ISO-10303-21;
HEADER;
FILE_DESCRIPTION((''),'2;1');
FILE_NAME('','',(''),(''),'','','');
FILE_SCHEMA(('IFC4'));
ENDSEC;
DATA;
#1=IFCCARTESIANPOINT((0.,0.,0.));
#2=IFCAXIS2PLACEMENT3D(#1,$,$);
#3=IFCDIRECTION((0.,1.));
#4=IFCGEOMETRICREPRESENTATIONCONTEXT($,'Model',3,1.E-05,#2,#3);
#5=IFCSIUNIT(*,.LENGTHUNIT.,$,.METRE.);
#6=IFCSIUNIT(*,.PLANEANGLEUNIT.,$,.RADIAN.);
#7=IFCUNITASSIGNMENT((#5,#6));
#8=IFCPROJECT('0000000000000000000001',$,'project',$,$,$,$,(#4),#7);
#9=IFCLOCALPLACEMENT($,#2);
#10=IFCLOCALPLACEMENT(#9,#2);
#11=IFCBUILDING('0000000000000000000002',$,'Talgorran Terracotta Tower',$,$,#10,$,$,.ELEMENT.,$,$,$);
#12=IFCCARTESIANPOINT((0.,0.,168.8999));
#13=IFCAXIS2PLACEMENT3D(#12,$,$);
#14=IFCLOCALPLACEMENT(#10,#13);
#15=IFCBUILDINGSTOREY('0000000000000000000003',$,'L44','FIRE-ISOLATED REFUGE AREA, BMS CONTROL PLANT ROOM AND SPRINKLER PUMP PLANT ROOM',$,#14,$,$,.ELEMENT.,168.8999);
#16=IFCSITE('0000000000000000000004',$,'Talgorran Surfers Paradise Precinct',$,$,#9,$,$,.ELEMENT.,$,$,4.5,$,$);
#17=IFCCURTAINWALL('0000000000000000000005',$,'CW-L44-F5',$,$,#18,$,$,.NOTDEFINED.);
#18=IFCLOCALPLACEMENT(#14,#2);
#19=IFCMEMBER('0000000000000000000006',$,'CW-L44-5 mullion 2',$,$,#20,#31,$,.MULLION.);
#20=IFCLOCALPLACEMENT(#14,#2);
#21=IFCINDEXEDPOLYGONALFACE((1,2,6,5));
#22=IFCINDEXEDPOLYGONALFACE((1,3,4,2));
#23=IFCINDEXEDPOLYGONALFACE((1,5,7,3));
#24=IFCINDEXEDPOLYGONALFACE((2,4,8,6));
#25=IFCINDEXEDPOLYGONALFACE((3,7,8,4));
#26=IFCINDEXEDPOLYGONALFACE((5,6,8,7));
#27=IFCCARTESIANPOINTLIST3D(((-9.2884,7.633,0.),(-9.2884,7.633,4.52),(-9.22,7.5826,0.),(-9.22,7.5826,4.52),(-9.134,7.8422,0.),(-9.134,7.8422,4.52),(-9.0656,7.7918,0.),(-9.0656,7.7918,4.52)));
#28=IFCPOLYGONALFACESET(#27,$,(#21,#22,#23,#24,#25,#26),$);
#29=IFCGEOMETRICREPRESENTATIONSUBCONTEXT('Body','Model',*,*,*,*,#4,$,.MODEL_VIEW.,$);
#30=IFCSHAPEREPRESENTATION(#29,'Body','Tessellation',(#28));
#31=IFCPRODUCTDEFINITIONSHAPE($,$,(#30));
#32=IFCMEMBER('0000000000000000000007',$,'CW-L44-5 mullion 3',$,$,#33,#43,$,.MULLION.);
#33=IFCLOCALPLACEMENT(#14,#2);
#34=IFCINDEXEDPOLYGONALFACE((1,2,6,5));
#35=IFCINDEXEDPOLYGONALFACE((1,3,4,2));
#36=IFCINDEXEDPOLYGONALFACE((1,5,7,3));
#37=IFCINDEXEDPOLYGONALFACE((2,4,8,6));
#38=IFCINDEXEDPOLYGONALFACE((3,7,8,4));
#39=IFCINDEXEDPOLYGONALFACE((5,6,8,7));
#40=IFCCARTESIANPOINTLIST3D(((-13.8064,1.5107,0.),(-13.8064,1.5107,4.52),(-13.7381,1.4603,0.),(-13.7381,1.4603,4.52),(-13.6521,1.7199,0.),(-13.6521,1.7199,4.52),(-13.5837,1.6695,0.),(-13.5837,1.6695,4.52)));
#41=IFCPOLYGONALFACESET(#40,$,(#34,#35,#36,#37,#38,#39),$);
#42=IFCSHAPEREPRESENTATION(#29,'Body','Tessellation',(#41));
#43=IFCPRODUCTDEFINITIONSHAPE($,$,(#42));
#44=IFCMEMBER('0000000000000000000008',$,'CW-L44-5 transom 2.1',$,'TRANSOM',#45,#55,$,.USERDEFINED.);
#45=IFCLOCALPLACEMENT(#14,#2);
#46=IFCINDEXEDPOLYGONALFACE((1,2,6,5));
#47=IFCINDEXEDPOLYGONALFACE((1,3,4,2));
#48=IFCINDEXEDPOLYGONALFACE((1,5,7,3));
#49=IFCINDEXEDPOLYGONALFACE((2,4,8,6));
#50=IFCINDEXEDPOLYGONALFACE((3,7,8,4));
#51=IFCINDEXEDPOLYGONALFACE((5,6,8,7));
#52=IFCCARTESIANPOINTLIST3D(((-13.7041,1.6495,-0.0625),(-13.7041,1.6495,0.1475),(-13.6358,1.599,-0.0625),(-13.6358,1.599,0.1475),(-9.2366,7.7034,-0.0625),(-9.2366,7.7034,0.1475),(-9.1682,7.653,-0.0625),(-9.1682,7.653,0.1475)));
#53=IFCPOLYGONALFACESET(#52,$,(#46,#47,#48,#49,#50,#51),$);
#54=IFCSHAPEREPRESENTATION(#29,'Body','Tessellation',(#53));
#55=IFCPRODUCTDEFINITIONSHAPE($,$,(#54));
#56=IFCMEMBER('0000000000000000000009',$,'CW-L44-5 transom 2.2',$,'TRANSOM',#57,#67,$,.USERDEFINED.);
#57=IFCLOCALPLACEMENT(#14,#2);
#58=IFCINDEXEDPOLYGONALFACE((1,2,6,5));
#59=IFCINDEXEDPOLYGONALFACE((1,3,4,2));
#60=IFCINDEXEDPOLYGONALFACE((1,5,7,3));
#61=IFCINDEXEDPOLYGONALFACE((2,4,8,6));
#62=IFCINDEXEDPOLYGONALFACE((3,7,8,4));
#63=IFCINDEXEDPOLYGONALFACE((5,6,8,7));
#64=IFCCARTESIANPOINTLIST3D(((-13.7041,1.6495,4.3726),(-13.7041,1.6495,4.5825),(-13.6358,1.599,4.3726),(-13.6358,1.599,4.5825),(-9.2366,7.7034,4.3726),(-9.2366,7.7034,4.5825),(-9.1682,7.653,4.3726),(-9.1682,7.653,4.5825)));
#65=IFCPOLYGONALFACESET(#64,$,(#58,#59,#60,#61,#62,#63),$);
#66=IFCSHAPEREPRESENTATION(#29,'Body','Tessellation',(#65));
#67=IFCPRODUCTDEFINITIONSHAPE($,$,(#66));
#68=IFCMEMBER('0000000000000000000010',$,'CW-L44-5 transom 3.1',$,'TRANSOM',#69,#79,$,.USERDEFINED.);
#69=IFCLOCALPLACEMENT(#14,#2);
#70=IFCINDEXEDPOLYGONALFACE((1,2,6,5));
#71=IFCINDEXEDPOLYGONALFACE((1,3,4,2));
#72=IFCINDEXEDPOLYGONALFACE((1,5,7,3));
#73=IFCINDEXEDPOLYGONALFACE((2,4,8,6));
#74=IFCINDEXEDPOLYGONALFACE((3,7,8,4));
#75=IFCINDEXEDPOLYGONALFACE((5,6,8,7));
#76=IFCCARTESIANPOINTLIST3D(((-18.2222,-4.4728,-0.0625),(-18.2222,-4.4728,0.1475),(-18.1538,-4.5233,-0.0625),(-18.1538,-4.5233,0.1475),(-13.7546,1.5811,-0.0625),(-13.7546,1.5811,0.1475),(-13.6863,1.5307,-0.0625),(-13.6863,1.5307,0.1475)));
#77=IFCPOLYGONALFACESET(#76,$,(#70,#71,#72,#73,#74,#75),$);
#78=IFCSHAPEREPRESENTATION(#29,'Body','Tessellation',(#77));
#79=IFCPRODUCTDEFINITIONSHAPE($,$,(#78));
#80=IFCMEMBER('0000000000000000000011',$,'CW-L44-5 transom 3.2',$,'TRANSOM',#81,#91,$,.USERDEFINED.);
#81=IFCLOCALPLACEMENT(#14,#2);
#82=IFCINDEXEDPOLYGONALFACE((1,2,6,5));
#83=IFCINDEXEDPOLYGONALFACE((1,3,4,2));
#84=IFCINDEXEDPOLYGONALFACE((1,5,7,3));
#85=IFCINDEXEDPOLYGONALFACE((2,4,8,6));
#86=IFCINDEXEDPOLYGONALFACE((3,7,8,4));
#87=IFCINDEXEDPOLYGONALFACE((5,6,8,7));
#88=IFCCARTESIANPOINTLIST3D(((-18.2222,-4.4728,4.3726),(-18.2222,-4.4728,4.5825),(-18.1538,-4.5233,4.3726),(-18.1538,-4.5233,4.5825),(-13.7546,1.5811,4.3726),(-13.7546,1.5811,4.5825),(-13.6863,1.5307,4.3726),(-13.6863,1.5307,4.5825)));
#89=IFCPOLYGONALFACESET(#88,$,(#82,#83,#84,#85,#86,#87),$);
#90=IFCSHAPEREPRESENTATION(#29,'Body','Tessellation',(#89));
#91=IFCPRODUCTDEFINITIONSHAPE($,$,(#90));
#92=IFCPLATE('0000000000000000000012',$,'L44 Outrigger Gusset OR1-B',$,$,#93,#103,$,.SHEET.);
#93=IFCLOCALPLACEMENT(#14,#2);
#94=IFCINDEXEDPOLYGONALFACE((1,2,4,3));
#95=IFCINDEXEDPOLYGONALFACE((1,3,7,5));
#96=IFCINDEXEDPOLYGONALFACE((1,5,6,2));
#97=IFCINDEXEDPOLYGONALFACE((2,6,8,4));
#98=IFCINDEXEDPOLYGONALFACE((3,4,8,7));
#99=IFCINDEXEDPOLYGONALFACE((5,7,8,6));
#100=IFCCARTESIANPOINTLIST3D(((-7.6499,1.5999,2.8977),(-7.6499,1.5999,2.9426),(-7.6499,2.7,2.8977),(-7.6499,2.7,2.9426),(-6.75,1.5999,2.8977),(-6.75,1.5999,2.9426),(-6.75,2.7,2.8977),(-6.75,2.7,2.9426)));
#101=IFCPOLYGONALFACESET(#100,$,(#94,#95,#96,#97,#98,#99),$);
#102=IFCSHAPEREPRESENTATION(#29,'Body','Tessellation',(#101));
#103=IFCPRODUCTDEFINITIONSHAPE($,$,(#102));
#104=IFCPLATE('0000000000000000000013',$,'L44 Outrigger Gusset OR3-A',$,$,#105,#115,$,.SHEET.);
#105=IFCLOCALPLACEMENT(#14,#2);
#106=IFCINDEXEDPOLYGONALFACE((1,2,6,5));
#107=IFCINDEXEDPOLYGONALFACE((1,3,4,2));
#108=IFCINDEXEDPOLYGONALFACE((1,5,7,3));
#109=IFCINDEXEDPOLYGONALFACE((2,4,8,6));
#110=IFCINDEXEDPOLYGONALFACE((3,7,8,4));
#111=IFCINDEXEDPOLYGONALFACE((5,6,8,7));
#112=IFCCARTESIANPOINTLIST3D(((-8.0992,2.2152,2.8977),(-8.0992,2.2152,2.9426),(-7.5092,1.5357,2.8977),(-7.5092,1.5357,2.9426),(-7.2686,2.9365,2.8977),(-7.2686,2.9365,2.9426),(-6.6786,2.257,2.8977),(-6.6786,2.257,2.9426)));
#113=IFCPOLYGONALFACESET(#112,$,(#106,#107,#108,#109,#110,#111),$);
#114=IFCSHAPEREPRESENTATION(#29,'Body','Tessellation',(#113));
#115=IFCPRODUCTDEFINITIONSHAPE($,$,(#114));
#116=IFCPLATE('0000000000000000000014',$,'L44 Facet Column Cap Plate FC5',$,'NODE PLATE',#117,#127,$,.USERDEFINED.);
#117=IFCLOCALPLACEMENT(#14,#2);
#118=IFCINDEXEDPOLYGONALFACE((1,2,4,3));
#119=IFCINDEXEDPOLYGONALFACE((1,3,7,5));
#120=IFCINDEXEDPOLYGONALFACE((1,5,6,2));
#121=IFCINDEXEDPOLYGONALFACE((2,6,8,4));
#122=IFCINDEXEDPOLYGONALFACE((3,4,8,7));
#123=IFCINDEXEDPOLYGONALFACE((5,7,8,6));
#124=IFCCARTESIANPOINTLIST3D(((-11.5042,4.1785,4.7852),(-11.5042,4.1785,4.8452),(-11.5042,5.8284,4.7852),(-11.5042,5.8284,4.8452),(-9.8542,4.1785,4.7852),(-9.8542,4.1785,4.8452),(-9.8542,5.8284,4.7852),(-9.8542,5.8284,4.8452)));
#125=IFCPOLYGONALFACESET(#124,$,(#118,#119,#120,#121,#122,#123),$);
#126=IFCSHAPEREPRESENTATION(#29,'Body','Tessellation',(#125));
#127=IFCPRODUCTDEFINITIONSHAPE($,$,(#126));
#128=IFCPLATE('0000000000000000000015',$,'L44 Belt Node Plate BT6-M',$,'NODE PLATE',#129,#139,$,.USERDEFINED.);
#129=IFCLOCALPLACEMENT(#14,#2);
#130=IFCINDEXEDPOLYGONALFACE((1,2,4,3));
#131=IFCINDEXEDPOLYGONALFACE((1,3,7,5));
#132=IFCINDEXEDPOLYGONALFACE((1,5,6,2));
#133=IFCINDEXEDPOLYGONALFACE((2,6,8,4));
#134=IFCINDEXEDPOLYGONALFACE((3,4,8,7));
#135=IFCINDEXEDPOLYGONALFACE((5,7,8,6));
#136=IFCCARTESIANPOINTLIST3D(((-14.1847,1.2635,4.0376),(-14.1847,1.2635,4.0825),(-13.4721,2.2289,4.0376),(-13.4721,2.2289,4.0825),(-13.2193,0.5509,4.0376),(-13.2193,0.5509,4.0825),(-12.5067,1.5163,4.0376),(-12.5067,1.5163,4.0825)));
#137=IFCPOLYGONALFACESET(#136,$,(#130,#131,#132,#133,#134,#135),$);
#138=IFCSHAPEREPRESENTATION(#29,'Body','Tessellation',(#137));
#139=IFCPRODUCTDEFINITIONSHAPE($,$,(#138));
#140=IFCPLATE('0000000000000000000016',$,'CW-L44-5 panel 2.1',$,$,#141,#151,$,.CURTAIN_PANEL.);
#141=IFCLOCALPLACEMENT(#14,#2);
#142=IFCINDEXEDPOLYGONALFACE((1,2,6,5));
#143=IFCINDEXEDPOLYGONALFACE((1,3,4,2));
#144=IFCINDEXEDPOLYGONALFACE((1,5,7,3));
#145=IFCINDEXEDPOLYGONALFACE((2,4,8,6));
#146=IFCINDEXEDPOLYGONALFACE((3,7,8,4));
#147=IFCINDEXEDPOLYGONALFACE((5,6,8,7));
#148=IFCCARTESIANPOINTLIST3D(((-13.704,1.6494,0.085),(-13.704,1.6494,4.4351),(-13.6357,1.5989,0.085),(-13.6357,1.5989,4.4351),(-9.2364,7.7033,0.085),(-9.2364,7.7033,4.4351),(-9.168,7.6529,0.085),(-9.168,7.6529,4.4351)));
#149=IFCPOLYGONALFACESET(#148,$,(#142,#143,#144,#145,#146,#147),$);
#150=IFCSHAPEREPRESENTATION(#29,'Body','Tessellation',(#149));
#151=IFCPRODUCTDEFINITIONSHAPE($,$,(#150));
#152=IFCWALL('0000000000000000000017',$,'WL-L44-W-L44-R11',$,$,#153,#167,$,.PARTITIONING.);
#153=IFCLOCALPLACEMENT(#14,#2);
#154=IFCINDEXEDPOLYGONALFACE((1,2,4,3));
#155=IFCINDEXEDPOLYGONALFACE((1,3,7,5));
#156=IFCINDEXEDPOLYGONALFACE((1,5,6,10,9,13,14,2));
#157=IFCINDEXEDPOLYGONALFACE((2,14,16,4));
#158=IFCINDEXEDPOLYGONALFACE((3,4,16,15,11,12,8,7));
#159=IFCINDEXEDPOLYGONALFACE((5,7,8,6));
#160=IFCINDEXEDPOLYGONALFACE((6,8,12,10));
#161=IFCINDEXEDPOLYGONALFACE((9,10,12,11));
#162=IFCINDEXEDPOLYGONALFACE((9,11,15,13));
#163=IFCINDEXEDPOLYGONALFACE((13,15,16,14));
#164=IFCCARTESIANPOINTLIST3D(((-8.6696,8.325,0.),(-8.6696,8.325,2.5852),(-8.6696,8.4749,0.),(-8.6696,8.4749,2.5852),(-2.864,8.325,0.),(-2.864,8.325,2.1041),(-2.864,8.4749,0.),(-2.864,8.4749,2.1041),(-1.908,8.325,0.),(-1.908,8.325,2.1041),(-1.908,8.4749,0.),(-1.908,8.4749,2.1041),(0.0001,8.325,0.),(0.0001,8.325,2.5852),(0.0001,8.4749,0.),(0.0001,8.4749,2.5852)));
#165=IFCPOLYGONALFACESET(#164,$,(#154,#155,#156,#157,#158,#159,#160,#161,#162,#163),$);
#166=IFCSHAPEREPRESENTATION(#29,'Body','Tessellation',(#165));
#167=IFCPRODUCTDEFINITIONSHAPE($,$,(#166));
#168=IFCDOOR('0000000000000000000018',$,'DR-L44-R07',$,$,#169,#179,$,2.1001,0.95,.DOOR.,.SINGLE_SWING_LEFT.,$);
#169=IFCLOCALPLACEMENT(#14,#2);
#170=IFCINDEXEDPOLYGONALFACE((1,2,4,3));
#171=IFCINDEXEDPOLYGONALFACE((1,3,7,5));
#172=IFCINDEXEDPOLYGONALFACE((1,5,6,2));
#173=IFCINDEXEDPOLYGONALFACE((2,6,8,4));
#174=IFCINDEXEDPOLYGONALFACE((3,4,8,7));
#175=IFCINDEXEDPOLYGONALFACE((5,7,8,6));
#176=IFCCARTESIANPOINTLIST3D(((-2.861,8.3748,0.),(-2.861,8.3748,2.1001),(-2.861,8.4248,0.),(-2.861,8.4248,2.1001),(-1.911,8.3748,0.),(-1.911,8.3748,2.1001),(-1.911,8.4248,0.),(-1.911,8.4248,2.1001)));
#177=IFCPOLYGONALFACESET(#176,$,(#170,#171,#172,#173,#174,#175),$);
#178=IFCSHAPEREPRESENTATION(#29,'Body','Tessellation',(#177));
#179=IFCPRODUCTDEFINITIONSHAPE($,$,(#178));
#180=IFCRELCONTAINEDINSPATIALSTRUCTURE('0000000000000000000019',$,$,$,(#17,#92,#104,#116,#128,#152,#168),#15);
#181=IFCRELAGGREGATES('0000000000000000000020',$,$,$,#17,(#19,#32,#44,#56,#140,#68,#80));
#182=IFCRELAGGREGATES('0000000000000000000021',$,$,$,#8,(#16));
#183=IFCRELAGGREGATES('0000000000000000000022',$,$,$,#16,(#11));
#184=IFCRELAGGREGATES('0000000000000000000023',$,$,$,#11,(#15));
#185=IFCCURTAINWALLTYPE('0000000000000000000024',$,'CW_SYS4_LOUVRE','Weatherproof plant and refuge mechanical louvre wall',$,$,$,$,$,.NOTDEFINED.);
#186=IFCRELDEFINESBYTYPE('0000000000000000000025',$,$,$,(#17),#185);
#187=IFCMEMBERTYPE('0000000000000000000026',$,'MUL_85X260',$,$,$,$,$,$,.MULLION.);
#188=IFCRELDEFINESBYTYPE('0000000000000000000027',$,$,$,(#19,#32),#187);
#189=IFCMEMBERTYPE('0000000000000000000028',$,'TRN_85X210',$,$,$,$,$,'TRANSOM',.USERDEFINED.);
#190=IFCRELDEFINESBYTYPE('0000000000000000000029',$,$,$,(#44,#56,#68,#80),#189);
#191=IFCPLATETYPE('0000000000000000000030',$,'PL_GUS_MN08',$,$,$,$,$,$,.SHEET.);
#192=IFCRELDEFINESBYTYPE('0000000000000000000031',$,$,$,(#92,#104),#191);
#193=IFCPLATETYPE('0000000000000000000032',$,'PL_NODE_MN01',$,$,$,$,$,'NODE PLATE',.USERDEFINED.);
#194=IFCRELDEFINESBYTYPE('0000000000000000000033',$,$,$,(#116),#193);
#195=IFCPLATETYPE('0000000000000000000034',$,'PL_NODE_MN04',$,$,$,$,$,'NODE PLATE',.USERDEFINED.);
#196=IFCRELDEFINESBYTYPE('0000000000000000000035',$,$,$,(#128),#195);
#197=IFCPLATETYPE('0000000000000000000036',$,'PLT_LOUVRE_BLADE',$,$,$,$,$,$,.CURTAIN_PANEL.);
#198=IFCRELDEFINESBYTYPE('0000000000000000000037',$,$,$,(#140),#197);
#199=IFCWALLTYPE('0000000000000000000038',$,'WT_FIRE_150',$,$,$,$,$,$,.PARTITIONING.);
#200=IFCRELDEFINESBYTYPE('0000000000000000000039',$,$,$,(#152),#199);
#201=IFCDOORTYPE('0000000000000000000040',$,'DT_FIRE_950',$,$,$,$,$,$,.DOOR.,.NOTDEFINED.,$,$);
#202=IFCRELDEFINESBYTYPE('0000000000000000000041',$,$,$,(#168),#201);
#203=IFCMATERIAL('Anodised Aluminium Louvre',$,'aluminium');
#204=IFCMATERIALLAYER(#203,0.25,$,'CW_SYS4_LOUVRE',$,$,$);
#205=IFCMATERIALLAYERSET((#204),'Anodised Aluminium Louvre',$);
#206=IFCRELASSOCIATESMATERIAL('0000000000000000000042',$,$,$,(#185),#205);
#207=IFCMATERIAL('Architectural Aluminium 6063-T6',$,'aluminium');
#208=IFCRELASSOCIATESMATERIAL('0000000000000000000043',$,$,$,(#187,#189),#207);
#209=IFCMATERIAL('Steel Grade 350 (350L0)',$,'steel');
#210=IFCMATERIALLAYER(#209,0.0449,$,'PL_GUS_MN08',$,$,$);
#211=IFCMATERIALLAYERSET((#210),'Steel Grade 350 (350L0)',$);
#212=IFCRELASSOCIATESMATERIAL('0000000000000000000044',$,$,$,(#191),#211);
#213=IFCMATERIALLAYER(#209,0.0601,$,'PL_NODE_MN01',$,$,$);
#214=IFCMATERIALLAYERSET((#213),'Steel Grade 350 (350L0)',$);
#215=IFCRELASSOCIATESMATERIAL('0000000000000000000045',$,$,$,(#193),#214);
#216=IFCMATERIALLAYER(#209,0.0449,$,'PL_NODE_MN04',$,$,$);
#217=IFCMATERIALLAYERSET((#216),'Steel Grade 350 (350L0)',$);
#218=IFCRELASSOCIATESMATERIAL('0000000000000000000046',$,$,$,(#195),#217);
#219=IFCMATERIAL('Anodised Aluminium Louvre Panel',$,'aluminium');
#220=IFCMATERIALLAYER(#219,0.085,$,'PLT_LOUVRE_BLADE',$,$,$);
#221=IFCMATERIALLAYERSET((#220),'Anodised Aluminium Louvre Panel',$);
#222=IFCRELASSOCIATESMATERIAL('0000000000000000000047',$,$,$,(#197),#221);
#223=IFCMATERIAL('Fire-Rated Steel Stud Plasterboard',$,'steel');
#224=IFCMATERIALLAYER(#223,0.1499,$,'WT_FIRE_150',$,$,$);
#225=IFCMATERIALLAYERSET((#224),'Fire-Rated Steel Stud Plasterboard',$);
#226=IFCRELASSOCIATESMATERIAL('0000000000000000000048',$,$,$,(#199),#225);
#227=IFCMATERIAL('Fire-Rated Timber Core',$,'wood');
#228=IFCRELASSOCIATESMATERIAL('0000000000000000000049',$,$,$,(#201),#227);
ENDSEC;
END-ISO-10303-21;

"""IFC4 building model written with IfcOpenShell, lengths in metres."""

from ifc_helpers import new_model, si_unit, direction, frame, frame_2d, origin, origin_2d, place, context, subcontext, project, spatial, rectangle, extrude, source, transform, mapped, material, layer, layer_set, material_profile, profile_set, type_object, type_shapes, element, fill, aggregate, save


model = new_model("IFC4")

# Units and contexts
model_context = context("Model", 3, precision=1e-05, world=origin(), true_north=direction((0.0, 1.0)))
body_context = subcontext(model_context, "Body", "Model", "MODEL_VIEW")
ifc_project = project(units=[si_unit("LENGTHUNIT", "METRE"), si_unit("PLANEANGLEUNIT", "RADIAN")], contexts=[model_context])

# Site, building, storey
site_placement = place(None, origin())
site = spatial("IfcSite", under=ifc_project, at=site_placement, Name="Talgorran Surfers Paradise Precinct", CompositionType="ELEMENT", RefElevation=4.5)
building_placement = place(site_placement, origin())
building = spatial("IfcBuilding", under=site, at=building_placement, Name="Talgorran Terracotta Tower", CompositionType="ELEMENT")
storey_placement = place(building_placement, frame((0.0, 0.0, 168.8999)))
storey = spatial("IfcBuildingStorey", under=building, at=storey_placement, Name="L44", Description="FIRE-ISOLATED REFUGE AREA, BMS CONTROL PLANT ROOM AND SPRINKLER PUMP PLANT ROOM", CompositionType="ELEMENT", Elevation=168.8999)

# Shared definitions
ifc_material_1 = material(Name="Steel Grade 350 (350L0)", Category="steel")

# Curtain wall, members
ifc_material_2 = material(Name="Anodised Aluminium Louvre", Category="aluminium")
ifc_layer_1 = layer(ifc_material_2, 0.25, Name="CW_SYS4_LOUVRE")
ifc_layer_set_1 = layer_set([ifc_layer_1], Name="Anodised Aluminium Louvre")
curtain_wall_type = type_object("IfcCurtainWallType", Name="CW_SYS4_LOUVRE", Description="Weatherproof plant and refuge mechanical louvre wall", PredefinedType="NOTDEFINED", material=ifc_layer_set_1)
curtain_wall_placement = place(storey_placement, origin())
curtain_wall = element("IfcCurtainWall", 1, at=curtain_wall_placement, inside=storey, type_object=curtain_wall_type, Name="CW-L44-F5", PredefinedType="NOTDEFINED")
ifc_material_3 = material(Name="Architectural Aluminium 6063-T6", Category="aluminium")
ifc_material_profile_1 = material_profile(ifc_material_3, rectangle(XDim=0.085, YDim=0.26, at=origin_2d()), Name="CWM85X260")
ifc_profile_set_1 = profile_set([ifc_material_profile_1], Name="Architectural Aluminium 6063-T6")
member_type_1 = type_object("IfcMemberType", Name="MUL_85X260", PredefinedType="MULLION", material=ifc_profile_set_1)
member_1_placement = place(storey_placement, frame((-9.177, 7.7124, 0.0), z_axis=(0.0, 0.0, 1.0), x_axis=(0.804622, -0.593787, 0.0)))
member_1 = element("IfcMember", 2, at=member_1_placement, type_object=member_type_1, Name="CW-L44-5 mullion 2", PredefinedType="MULLION", context=body_context, shape_type="SweptSolid", body=[
    extrude(rectangle(XDim=0.085, YDim=0.26, at=origin_2d()), origin(), (0.0, 0.0, 1.0), 4.52),
])
member_2_placement = place(storey_placement, frame((-13.6951, 1.5901, 0.0), z_axis=(0.0, 0.0, 1.0), x_axis=(0.804622, -0.593787, 0.0)))
member_2 = element("IfcMember", 3, at=member_2_placement, type_object=member_type_1, Name="CW-L44-5 mullion 3", PredefinedType="MULLION", context=body_context, shape_type="SweptSolid", body=[
    extrude(rectangle(XDim=0.085, YDim=0.26, at=origin_2d()), origin(), (0.0, 0.0, 1.0), 4.52),
])
ifc_material_profile_2 = material_profile(ifc_material_3, rectangle(XDim=0.085, YDim=0.21, at=origin_2d()), Name="CWT85X210")
ifc_profile_set_2 = profile_set([ifc_material_profile_2], Name="Architectural Aluminium 6063-T6")
member_type_2 = type_object("IfcMemberType", Name="TRN_85X210", ElementType="TRANSOM", PredefinedType="USERDEFINED", material=ifc_profile_set_2)
member_3_placement = place(storey_placement, frame((-9.2024, 7.6782, 0.0425), z_axis=(-0.593778, -0.804629, 0.0), x_axis=(0.804629, -0.593778, 0.0)))
member_3 = element("IfcMember", 4, at=member_3_placement, type_object=member_type_2, Name="CW-L44-5 transom 2.1", ObjectType="TRANSOM", PredefinedType="USERDEFINED", context=body_context, shape_type="SweptSolid", body=[
    extrude(rectangle(XDim=0.085, YDim=0.21, at=origin_2d()), origin(), (0.0, 0.0, 1.0), 7.5239),
])
member_4_placement = place(storey_placement, frame((-9.2024, 7.6782, 4.4775), z_axis=(-0.593778, -0.804629, 0.0), x_axis=(0.804629, -0.593778, 0.0)))
member_4 = element("IfcMember", 5, at=member_4_placement, type_object=member_type_2, Name="CW-L44-5 transom 2.2", ObjectType="TRANSOM", PredefinedType="USERDEFINED", context=body_context, shape_type="SweptSolid", body=[
    extrude(rectangle(XDim=0.085, YDim=0.21, at=origin_2d()), origin(), (0.0, 0.0, 1.0), 7.5239),
])
member_5_placement = place(storey_placement, frame((-13.7205, 1.5559, 0.0425), z_axis=(-0.593778, -0.804629, 0.0), x_axis=(0.804629, -0.593778, 0.0)))
member_5 = element("IfcMember", 6, at=member_5_placement, type_object=member_type_2, Name="CW-L44-5 transom 3.1", ObjectType="TRANSOM", PredefinedType="USERDEFINED", context=body_context, shape_type="SweptSolid", body=[
    extrude(rectangle(XDim=0.085, YDim=0.21, at=origin_2d()), origin(), (0.0, 0.0, 1.0), 7.5239),
])
member_6_placement = place(storey_placement, frame((-13.7205, 1.5559, 4.4775), z_axis=(-0.593778, -0.804629, 0.0), x_axis=(0.804629, -0.593778, 0.0)))
member_6 = element("IfcMember", 7, at=member_6_placement, type_object=member_type_2, Name="CW-L44-5 transom 3.2", ObjectType="TRANSOM", PredefinedType="USERDEFINED", context=body_context, shape_type="SweptSolid", body=[
    extrude(rectangle(XDim=0.085, YDim=0.21, at=origin_2d()), origin(), (0.0, 0.0, 1.0), 7.5239),
])

# Plates
ifc_layer_2 = layer(ifc_material_1, 0.0449, Name="PL_GUS_MN08")
ifc_layer_set_2 = layer_set([ifc_layer_2], Name="Steel Grade 350 (350L0)")
plate_type_1 = type_object("IfcPlateType", Name="PL_GUS_MN08", PredefinedType="SHEET", material=ifc_layer_set_2)
for number, where, z_axis, x_axis, name in (
    (8, (-7.2, 2.1499, 2.8977), (0.0, 0.0, 1.0), (0.0, 1.0, 0.0), "L44 Outrigger Gusset OR1-B"),
    (9, (-7.3889, 2.2361, 2.8977), (0.0, 0.0, 1.0), (-0.755053, -0.655664, 0.0), "L44 Outrigger Gusset OR3-A"),
):
    element("IfcPlate", number, at=place(storey_placement, frame(where, z_axis=z_axis, x_axis=x_axis)), inside=storey, type_object=plate_type_1, Name=name, PredefinedType="SHEET", context=body_context, shape_type="SweptSolid", body=[
        extrude(rectangle(XDim=1.1001, YDim=0.8999, at=origin_2d()), origin(), (0.0, 0.0, 1.0), 0.0449),
    ])
ifc_layer_3 = layer(ifc_material_1, 0.0601, Name="PL_NODE_MN01")
ifc_layer_set_3 = layer_set([ifc_layer_3], Name="Steel Grade 350 (350L0)")
plate_type_2 = type_object("IfcPlateType", Name="PL_NODE_MN01", ElementType="NODE PLATE", PredefinedType="USERDEFINED", material=ifc_layer_set_3)
plate_1_placement = place(storey_placement, frame((-10.6792, 5.0034, 4.7852), z_axis=(0.0, 0.0, 1.0), x_axis=(1.0, 0.0, 0.0)))
element("IfcPlate", 10, at=plate_1_placement, inside=storey, type_object=plate_type_2, Name="L44 Facet Column Cap Plate FC5", ObjectType="NODE PLATE", PredefinedType="USERDEFINED", context=body_context, shape_type="SweptSolid", body=[
    extrude(rectangle(XDim=1.6499, YDim=1.6499, at=origin_2d()), origin(), (0.0, 0.0, 1.0), 0.0601),
])
ifc_layer_4 = layer(ifc_material_1, 0.0449, Name="PL_NODE_MN04")
ifc_layer_set_4 = layer_set([ifc_layer_4], Name="Steel Grade 350 (350L0)")
plate_type_3 = type_object("IfcPlateType", Name="PL_NODE_MN04", ElementType="NODE PLATE", PredefinedType="USERDEFINED", material=ifc_layer_set_4)
plate_2_placement = place(storey_placement, frame((-13.3457, 1.3899, 4.0376), z_axis=(0.0, 0.0, 1.0), x_axis=(-0.59384, -0.804583, 0.0)))
element("IfcPlate", 11, at=plate_2_placement, inside=storey, type_object=plate_type_3, Name="L44 Belt Node Plate BT6-M", ObjectType="NODE PLATE", PredefinedType="USERDEFINED", context=body_context, shape_type="SweptSolid", body=[
    extrude(rectangle(XDim=1.2, YDim=1.2, at=origin_2d()), origin(), (0.0, 0.0, 1.0), 0.0449),
])

# Plate
ifc_material_4 = material(Name="Anodised Aluminium Louvre Panel", Category="aluminium")
ifc_layer_5 = layer(ifc_material_4, 0.085, Name="PLT_LOUVRE_BLADE")
ifc_layer_set_5 = layer_set([ifc_layer_5], Name="Anodised Aluminium Louvre Panel")
plate_type_4 = type_object("IfcPlateType", Name="PLT_LOUVRE_BLADE", PredefinedType="CURTAIN_PANEL", material=ifc_layer_set_5)
shared_shape = source(origin(), body_context, "Body", "SweptSolid", [
    extrude(rectangle(XDim=7.5239, YDim=0.085, at=origin_2d()), origin(), (0.0, 0.0, 1.0), 4.3501),
])
type_shapes(plate_type_4, [shared_shape])
plate_3_placement = place(storey_placement, frame((-11.436, 4.6511, 0.085), z_axis=(0.0, 0.0, 1.0), x_axis=(-0.593787, -0.804622, 0.0)))
plate_3 = element("IfcPlate", 12, at=plate_3_placement, type_object=plate_type_4, Name="CW-L44-5 panel 2.1", PredefinedType="CURTAIN_PANEL", context=body_context, shape_type="MappedRepresentation", body=[
    mapped(shared_shape, transform((0.0, 0.0, 0.0), scale=1.0)),
])
aggregate(curtain_wall, [member_1, member_2, member_3, member_4, plate_3, member_5, member_6])

# Wall, opening, door
ifc_material_5 = material(Name="Fire-Rated Steel Stud Plasterboard", Category="steel")
ifc_layer_6 = layer(ifc_material_5, 0.1499, Name="WT_FIRE_150")
ifc_layer_set_6 = layer_set([ifc_layer_6], Name="Fire-Rated Steel Stud Plasterboard")
wall_type = type_object("IfcWallType", Name="WT_FIRE_150", PredefinedType="PARTITIONING", material=ifc_layer_set_6)
wall_placement = place(storey_placement, frame((-8.6697, 8.3999, 0.0), z_axis=(0.0, 0.0, 1.0), x_axis=(1.0, 0.0, 0.0)))
wall = element("IfcWall", 13, at=wall_placement, inside=storey, type_object=wall_type, Name="WL-L44-W-L44-R11", PredefinedType="PARTITIONING", context=body_context, shape_type="SweptSolid", body=[
    extrude(rectangle(XDim=8.6697, YDim=0.1499, at=frame_2d((4.335, 0.0))), origin(), (0.0, 0.0, 1.0), 2.5852),
])
opening_placement = place(wall_placement, frame((5.8086, 0.0, 0.0)))
opening = element("IfcOpeningElement", 14, at=opening_placement, cuts=wall, PredefinedType="OPENING", context=body_context, shape_type="SweptSolid", body=[
    extrude(rectangle(XDim=0.956, YDim=2.1041, at=frame_2d((0.4751, 1.052))), frame((0.0, 0.085, 0.0), z_axis=(0.0, -1.0, 0.0), x_axis=(1.0, 0.0, 0.0)), (0.0, 0.0, 1.0), 0.1699),
])
ifc_material_6 = material(Name="Fire-Rated Timber Core", Category="wood")
door_type = type_object("IfcDoorType", Name="DT_FIRE_950", OperationType="NOTDEFINED", PredefinedType="DOOR", material=ifc_material_6)
door_placement = place(opening_placement, origin())
door = element("IfcDoor", 15, at=door_placement, inside=storey, type_object=door_type, Name="DR-L44-R07", OperationType="SINGLE_SWING_LEFT", OverallHeight=2.1001, OverallWidth=0.95, PredefinedType="DOOR", context=body_context, shape_type="SweptSolid", body=[
    extrude(rectangle(XDim=0.95, YDim=2.1001, at=frame_2d((0.4751, 1.05))), frame((0.0, 0.0249, 0.0), z_axis=(0.0, -1.0, 0.0), x_axis=(1.0, 0.0, 0.0)), (0.0, 0.0, 1.0), 0.05),
])
fill(opening, door)

save(model, "model.ifc")
